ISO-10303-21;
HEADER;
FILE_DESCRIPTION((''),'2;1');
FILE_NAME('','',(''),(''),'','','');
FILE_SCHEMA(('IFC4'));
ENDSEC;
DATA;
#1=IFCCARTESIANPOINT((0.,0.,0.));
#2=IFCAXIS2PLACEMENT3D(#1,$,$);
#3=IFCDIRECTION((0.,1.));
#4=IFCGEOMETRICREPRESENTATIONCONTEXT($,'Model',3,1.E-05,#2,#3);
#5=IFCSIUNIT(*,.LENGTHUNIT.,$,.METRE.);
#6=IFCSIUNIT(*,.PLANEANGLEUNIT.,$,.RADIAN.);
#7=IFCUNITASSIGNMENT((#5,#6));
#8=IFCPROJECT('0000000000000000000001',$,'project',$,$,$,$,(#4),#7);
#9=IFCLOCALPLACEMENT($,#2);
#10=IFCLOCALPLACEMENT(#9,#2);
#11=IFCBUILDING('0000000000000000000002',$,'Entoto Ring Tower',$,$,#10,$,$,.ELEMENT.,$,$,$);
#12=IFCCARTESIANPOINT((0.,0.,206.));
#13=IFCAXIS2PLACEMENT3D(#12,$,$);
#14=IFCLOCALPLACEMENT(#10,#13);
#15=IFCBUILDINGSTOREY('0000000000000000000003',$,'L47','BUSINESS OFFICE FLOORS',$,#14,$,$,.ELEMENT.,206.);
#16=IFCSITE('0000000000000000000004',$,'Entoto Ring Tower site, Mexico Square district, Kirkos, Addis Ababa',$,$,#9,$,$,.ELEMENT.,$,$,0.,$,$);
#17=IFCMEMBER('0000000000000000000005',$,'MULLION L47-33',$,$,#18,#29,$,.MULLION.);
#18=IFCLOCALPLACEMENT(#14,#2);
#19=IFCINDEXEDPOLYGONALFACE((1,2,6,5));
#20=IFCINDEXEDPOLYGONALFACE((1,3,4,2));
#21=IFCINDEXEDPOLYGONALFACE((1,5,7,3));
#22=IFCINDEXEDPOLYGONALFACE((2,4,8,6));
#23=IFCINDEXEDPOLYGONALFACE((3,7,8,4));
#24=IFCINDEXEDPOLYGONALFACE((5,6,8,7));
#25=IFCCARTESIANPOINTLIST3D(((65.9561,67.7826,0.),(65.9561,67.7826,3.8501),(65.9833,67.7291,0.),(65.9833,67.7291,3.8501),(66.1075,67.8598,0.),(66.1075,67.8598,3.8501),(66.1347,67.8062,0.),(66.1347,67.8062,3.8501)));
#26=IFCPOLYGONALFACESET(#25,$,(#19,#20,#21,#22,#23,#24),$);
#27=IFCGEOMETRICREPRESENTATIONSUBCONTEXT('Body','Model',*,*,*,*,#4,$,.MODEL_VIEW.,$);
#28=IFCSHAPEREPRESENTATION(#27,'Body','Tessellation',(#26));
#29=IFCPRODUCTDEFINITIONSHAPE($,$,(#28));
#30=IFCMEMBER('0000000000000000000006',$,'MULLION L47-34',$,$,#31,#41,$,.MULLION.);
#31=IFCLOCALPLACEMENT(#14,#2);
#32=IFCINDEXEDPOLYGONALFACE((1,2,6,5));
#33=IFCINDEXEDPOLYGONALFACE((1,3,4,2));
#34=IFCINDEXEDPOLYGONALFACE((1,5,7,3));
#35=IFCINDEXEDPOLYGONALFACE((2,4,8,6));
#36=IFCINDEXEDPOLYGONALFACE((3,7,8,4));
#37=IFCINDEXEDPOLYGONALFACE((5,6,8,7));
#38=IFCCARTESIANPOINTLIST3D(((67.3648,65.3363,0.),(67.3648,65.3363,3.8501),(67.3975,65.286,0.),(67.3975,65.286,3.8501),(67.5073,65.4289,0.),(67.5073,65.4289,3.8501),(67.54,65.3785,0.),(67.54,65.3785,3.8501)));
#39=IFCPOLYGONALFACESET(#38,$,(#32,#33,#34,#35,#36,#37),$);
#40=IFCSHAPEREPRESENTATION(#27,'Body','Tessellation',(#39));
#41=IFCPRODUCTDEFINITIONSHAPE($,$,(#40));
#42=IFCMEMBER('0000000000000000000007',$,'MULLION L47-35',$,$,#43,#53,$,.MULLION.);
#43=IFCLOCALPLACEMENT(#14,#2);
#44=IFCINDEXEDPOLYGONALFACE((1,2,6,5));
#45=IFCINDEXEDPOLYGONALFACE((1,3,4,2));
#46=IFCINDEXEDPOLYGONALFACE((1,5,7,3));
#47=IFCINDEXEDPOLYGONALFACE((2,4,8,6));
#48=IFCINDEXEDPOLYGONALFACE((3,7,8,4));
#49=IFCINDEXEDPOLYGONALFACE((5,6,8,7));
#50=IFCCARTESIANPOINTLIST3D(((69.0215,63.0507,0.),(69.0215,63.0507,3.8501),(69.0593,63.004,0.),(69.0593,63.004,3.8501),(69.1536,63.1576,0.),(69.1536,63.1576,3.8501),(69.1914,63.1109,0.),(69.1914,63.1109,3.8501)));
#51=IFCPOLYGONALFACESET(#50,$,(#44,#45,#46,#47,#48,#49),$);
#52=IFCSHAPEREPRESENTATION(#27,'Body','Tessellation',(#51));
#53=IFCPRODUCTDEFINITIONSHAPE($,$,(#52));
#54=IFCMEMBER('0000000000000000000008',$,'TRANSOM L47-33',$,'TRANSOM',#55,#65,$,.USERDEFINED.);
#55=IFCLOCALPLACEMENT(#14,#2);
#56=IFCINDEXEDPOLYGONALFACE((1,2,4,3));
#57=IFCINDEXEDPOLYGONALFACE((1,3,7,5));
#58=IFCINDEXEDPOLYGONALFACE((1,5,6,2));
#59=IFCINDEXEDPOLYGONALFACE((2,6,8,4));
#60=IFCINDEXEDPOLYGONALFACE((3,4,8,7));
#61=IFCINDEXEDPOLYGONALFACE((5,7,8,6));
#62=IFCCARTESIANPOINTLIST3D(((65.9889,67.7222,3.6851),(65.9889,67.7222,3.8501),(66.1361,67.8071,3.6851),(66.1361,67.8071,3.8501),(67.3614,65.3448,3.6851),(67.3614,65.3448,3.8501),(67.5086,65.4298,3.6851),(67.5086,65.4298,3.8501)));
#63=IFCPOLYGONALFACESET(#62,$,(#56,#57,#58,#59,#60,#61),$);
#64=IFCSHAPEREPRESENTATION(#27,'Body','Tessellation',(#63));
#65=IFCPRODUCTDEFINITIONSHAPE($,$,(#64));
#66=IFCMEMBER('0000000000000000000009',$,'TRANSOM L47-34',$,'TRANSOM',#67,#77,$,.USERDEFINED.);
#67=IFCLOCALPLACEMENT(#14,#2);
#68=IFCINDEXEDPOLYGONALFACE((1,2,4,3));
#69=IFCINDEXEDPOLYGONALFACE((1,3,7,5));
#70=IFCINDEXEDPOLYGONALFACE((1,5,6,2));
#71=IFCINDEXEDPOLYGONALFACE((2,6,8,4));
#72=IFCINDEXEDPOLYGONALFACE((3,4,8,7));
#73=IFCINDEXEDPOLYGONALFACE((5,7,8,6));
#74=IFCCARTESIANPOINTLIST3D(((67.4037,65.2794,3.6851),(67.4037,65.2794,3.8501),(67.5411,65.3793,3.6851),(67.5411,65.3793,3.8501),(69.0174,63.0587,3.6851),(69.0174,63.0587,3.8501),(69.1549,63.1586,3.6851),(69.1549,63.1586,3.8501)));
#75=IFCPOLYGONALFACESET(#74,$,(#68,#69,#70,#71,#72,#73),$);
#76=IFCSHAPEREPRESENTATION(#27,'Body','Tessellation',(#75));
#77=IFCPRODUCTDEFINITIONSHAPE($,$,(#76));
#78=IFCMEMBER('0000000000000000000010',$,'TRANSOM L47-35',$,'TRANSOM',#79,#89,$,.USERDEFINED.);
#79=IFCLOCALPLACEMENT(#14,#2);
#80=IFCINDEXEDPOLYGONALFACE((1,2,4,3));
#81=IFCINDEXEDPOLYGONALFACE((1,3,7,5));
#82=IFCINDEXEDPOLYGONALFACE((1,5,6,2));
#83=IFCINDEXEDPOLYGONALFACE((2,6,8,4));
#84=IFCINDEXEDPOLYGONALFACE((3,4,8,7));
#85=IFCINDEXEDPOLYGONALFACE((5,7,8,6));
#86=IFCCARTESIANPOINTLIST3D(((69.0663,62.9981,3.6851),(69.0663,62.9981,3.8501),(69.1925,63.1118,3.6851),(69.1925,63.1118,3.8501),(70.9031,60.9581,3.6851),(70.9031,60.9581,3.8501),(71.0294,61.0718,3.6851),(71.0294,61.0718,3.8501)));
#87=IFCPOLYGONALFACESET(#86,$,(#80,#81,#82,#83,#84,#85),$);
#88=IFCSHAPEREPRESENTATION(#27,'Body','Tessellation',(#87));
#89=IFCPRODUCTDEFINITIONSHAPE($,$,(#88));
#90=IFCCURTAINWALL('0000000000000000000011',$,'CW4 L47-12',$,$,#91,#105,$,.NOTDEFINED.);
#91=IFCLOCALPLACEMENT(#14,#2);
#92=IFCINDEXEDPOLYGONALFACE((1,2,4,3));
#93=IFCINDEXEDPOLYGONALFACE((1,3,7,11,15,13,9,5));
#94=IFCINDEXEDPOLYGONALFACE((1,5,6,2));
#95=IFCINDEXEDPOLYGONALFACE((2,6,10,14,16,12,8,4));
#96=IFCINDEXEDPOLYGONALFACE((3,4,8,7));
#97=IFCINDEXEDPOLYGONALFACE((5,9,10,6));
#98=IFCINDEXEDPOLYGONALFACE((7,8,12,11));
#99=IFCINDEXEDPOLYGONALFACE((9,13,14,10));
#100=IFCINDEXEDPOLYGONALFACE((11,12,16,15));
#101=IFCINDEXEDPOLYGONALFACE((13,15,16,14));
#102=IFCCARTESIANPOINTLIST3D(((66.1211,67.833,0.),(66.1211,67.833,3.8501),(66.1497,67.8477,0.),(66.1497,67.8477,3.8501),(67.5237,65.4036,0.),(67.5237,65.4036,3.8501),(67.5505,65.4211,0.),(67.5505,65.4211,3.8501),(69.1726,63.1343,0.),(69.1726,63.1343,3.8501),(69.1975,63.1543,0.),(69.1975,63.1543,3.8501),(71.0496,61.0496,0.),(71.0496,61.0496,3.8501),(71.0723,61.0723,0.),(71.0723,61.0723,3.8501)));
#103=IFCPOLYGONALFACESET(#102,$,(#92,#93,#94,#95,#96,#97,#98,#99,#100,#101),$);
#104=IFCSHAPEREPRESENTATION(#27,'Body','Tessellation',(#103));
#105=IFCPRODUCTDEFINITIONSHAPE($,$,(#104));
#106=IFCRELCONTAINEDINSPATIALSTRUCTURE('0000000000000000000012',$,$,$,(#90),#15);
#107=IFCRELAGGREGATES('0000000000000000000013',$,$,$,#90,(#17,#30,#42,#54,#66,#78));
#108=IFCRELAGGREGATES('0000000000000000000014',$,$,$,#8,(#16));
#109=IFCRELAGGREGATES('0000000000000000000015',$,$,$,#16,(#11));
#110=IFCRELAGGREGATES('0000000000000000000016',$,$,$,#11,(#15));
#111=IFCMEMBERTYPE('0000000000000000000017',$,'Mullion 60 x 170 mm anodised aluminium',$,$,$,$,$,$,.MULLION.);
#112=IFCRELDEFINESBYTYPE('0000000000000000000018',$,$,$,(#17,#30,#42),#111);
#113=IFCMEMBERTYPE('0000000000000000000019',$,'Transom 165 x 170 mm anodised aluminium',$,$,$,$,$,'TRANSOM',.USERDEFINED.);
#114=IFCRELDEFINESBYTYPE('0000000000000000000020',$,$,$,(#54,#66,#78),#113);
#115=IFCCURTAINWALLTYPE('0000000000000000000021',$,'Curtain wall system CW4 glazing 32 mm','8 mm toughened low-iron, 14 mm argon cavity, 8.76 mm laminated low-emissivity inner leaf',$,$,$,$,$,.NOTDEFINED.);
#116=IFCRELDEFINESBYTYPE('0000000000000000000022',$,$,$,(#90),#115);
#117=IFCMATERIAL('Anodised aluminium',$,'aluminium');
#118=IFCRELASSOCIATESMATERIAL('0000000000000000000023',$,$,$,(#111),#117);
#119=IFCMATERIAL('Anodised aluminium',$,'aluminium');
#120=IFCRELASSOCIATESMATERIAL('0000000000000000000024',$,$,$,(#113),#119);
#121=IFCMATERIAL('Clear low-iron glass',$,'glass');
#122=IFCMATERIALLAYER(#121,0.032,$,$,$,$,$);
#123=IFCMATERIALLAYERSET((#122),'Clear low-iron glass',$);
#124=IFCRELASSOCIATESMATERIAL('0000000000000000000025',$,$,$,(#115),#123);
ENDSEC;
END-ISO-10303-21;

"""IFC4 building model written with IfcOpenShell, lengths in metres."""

from ifc_helpers import new_model, si_unit, direction, frame, origin, origin_2d, place, context, subcontext, project, spatial, polyline, rectangle, outline, extrude, material, layer, layer_set, material_profile, profile_set, type_object, element, aggregate, save


model = new_model("IFC4")

# Units and contexts
model_context = context("Model", 3, precision=1e-05, world=origin(), true_north=direction((0.0, 1.0)))
body_context = subcontext(model_context, "Body", "Model", "MODEL_VIEW")
ifc_project = project(units=[si_unit("LENGTHUNIT", "METRE"), si_unit("PLANEANGLEUNIT", "RADIAN")], contexts=[model_context])

# Members
ifc_material_1 = material(Name="Anodised aluminium", Category="aluminium")
ifc_material_profile_1 = material_profile(ifc_material_1, rectangle(XDim=0.0601, YDim=0.1699, at=origin_2d()), Name="Mullion 60 x 170 mm anodised aluminium")
ifc_profile_set_1 = profile_set([ifc_material_profile_1], Name="Anodised aluminium")
member_type_1 = type_object("IfcMemberType", Name="Mullion 60 x 170 mm anodised aluminium", PredefinedType="MULLION", material=ifc_profile_set_1)
site_placement = place(None, origin())
building_placement = place(site_placement, origin())
storey_placement = place(building_placement, frame((0.0, 0.0, 206.0)))
member_1_placement = place(storey_placement, frame((66.0454, 67.7944, 0.0), z_axis=(0.0, 0.0, 1.0), x_axis=(0.45399, -0.891007, 0.0)))
member_1 = element("IfcMember", 1, at=member_1_placement, type_object=member_type_1, Name="MULLION L47-33", PredefinedType="MULLION", context=body_context, shape_type="SweptSolid", body=[
    extrude(rectangle(XDim=0.0601, YDim=0.1699, at=origin_2d()), origin(), (0.0, 0.0, 1.0), 3.8501),
])
member_2_placement = place(storey_placement, frame((67.4524, 65.3574, 0.0), z_axis=(0.0, 0.0, 1.0), x_axis=(0.544639, -0.838671, 0.0)))
member_2 = element("IfcMember", 2, at=member_2_placement, type_object=member_type_1, Name="MULLION L47-34", PredefinedType="MULLION", context=body_context, shape_type="SweptSolid", body=[
    extrude(rectangle(XDim=0.0601, YDim=0.1699, at=origin_2d()), origin(), (0.0, 0.0, 1.0), 3.8501),
])
member_3_placement = place(storey_placement, frame((69.1064, 63.0808, 0.0), z_axis=(0.0, 0.0, 1.0), x_axis=(0.62932, -0.777146, 0.0)))
member_3 = element("IfcMember", 3, at=member_3_placement, type_object=member_type_1, Name="MULLION L47-35", PredefinedType="MULLION", context=body_context, shape_type="SweptSolid", body=[
    extrude(rectangle(XDim=0.0601, YDim=0.1699, at=origin_2d()), origin(), (0.0, 0.0, 1.0), 3.8501),
])
ifc_material_2 = material(Name="Anodised aluminium", Category="aluminium")
ifc_material_profile_2 = material_profile(ifc_material_2, rectangle(XDim=0.1699, YDim=0.165, at=origin_2d()), Name="Transom 165 x 170 mm anodised aluminium")
ifc_profile_set_2 = profile_set([ifc_material_profile_2], Name="Anodised aluminium")
member_type_2 = type_object("IfcMemberType", Name="Transom 165 x 170 mm anodised aluminium", ElementType="TRANSOM", PredefinedType="USERDEFINED", material=ifc_profile_set_2)
member_4_placement = place(storey_placement, frame((66.0625, 67.7646, 3.7676), z_axis=(0.499984, -0.866035, 0.0), x_axis=(0.866035, 0.499984, 0.0)))
member_4 = element("IfcMember", 4, at=member_4_placement, type_object=member_type_2, Name="TRANSOM L47-33", ObjectType="TRANSOM", PredefinedType="USERDEFINED", context=body_context, shape_type="SweptSolid", body=[
    extrude(rectangle(XDim=0.1699, YDim=0.165, at=origin_2d()), origin(), (0.0, 0.0, 1.0), 2.7451),
])
member_5_placement = place(storey_placement, frame((67.4724, 65.3293, 3.7676), z_axis=(0.587865, -0.808959, 0.0), x_axis=(0.808959, 0.587865, 0.0)))
member_5 = element("IfcMember", 5, at=member_5_placement, type_object=member_type_2, Name="TRANSOM L47-34", ObjectType="TRANSOM", PredefinedType="USERDEFINED", context=body_context, shape_type="SweptSolid", body=[
    extrude(rectangle(XDim=0.1699, YDim=0.165, at=origin_2d()), origin(), (0.0, 0.0, 1.0), 2.7451),
])
member_6_placement = place(storey_placement, frame((69.1294, 63.0549, 3.7676), z_axis=(0.669142, -0.743135, 0.0), x_axis=(0.743135, 0.669142, 0.0)))
member_6 = element("IfcMember", 6, at=member_6_placement, type_object=member_type_2, Name="TRANSOM L47-35", ObjectType="TRANSOM", PredefinedType="USERDEFINED", context=body_context, shape_type="SweptSolid", body=[
    extrude(rectangle(XDim=0.1699, YDim=0.165, at=origin_2d()), origin(), (0.0, 0.0, 1.0), 2.7451),
])

# Site, building, storey
site = spatial("IfcSite", under=ifc_project, at=site_placement, Name="Entoto Ring Tower site, Mexico Square district, Kirkos, Addis Ababa", CompositionType="ELEMENT", RefElevation=0.0)
building = spatial("IfcBuilding", under=site, at=building_placement, Name="Entoto Ring Tower", CompositionType="ELEMENT")
storey = spatial("IfcBuildingStorey", under=building, at=storey_placement, Name="L47", Description="BUSINESS OFFICE FLOORS", CompositionType="ELEMENT", Elevation=206.0)

# Curtain wall
ifc_material_3 = material(Name="Clear low-iron glass", Category="glass")
ifc_layer = layer(ifc_material_3, 0.032)
ifc_layer_set = layer_set([ifc_layer], Name="Clear low-iron glass")
curtain_wall_type = type_object("IfcCurtainWallType", Name="Curtain wall system CW4 glazing 32 mm", Description="8 mm toughened low-iron, 14 mm argon cavity, 8.76 mm laminated low-emissivity inner leaf", PredefinedType="NOTDEFINED", material=ifc_layer_set)
curtain_wall_1_placement = place(storey_placement, origin())
curtain_wall_1 = element("IfcCurtainWall", 7, at=curtain_wall_1_placement, inside=storey, type_object=curtain_wall_type, Name="CW4 L47-12", PredefinedType="NOTDEFINED", context=body_context, shape_type="SweptSolid", body=[
    extrude(outline(polyline([(66.1211, 67.833), (67.5237, 65.4036), (69.1726, 63.1343), (71.0496, 61.0496), (71.0723, 61.0723), (69.1975, 63.1543), (67.5505, 65.4211), (66.1497, 67.8477), (66.1211, 67.833)])), origin(), (0.0, 0.0, 1.0), 3.8501),
])
aggregate(curtain_wall_1, [member_1, member_2, member_3, member_4, member_5, member_6])

save(model, "model.ifc")
